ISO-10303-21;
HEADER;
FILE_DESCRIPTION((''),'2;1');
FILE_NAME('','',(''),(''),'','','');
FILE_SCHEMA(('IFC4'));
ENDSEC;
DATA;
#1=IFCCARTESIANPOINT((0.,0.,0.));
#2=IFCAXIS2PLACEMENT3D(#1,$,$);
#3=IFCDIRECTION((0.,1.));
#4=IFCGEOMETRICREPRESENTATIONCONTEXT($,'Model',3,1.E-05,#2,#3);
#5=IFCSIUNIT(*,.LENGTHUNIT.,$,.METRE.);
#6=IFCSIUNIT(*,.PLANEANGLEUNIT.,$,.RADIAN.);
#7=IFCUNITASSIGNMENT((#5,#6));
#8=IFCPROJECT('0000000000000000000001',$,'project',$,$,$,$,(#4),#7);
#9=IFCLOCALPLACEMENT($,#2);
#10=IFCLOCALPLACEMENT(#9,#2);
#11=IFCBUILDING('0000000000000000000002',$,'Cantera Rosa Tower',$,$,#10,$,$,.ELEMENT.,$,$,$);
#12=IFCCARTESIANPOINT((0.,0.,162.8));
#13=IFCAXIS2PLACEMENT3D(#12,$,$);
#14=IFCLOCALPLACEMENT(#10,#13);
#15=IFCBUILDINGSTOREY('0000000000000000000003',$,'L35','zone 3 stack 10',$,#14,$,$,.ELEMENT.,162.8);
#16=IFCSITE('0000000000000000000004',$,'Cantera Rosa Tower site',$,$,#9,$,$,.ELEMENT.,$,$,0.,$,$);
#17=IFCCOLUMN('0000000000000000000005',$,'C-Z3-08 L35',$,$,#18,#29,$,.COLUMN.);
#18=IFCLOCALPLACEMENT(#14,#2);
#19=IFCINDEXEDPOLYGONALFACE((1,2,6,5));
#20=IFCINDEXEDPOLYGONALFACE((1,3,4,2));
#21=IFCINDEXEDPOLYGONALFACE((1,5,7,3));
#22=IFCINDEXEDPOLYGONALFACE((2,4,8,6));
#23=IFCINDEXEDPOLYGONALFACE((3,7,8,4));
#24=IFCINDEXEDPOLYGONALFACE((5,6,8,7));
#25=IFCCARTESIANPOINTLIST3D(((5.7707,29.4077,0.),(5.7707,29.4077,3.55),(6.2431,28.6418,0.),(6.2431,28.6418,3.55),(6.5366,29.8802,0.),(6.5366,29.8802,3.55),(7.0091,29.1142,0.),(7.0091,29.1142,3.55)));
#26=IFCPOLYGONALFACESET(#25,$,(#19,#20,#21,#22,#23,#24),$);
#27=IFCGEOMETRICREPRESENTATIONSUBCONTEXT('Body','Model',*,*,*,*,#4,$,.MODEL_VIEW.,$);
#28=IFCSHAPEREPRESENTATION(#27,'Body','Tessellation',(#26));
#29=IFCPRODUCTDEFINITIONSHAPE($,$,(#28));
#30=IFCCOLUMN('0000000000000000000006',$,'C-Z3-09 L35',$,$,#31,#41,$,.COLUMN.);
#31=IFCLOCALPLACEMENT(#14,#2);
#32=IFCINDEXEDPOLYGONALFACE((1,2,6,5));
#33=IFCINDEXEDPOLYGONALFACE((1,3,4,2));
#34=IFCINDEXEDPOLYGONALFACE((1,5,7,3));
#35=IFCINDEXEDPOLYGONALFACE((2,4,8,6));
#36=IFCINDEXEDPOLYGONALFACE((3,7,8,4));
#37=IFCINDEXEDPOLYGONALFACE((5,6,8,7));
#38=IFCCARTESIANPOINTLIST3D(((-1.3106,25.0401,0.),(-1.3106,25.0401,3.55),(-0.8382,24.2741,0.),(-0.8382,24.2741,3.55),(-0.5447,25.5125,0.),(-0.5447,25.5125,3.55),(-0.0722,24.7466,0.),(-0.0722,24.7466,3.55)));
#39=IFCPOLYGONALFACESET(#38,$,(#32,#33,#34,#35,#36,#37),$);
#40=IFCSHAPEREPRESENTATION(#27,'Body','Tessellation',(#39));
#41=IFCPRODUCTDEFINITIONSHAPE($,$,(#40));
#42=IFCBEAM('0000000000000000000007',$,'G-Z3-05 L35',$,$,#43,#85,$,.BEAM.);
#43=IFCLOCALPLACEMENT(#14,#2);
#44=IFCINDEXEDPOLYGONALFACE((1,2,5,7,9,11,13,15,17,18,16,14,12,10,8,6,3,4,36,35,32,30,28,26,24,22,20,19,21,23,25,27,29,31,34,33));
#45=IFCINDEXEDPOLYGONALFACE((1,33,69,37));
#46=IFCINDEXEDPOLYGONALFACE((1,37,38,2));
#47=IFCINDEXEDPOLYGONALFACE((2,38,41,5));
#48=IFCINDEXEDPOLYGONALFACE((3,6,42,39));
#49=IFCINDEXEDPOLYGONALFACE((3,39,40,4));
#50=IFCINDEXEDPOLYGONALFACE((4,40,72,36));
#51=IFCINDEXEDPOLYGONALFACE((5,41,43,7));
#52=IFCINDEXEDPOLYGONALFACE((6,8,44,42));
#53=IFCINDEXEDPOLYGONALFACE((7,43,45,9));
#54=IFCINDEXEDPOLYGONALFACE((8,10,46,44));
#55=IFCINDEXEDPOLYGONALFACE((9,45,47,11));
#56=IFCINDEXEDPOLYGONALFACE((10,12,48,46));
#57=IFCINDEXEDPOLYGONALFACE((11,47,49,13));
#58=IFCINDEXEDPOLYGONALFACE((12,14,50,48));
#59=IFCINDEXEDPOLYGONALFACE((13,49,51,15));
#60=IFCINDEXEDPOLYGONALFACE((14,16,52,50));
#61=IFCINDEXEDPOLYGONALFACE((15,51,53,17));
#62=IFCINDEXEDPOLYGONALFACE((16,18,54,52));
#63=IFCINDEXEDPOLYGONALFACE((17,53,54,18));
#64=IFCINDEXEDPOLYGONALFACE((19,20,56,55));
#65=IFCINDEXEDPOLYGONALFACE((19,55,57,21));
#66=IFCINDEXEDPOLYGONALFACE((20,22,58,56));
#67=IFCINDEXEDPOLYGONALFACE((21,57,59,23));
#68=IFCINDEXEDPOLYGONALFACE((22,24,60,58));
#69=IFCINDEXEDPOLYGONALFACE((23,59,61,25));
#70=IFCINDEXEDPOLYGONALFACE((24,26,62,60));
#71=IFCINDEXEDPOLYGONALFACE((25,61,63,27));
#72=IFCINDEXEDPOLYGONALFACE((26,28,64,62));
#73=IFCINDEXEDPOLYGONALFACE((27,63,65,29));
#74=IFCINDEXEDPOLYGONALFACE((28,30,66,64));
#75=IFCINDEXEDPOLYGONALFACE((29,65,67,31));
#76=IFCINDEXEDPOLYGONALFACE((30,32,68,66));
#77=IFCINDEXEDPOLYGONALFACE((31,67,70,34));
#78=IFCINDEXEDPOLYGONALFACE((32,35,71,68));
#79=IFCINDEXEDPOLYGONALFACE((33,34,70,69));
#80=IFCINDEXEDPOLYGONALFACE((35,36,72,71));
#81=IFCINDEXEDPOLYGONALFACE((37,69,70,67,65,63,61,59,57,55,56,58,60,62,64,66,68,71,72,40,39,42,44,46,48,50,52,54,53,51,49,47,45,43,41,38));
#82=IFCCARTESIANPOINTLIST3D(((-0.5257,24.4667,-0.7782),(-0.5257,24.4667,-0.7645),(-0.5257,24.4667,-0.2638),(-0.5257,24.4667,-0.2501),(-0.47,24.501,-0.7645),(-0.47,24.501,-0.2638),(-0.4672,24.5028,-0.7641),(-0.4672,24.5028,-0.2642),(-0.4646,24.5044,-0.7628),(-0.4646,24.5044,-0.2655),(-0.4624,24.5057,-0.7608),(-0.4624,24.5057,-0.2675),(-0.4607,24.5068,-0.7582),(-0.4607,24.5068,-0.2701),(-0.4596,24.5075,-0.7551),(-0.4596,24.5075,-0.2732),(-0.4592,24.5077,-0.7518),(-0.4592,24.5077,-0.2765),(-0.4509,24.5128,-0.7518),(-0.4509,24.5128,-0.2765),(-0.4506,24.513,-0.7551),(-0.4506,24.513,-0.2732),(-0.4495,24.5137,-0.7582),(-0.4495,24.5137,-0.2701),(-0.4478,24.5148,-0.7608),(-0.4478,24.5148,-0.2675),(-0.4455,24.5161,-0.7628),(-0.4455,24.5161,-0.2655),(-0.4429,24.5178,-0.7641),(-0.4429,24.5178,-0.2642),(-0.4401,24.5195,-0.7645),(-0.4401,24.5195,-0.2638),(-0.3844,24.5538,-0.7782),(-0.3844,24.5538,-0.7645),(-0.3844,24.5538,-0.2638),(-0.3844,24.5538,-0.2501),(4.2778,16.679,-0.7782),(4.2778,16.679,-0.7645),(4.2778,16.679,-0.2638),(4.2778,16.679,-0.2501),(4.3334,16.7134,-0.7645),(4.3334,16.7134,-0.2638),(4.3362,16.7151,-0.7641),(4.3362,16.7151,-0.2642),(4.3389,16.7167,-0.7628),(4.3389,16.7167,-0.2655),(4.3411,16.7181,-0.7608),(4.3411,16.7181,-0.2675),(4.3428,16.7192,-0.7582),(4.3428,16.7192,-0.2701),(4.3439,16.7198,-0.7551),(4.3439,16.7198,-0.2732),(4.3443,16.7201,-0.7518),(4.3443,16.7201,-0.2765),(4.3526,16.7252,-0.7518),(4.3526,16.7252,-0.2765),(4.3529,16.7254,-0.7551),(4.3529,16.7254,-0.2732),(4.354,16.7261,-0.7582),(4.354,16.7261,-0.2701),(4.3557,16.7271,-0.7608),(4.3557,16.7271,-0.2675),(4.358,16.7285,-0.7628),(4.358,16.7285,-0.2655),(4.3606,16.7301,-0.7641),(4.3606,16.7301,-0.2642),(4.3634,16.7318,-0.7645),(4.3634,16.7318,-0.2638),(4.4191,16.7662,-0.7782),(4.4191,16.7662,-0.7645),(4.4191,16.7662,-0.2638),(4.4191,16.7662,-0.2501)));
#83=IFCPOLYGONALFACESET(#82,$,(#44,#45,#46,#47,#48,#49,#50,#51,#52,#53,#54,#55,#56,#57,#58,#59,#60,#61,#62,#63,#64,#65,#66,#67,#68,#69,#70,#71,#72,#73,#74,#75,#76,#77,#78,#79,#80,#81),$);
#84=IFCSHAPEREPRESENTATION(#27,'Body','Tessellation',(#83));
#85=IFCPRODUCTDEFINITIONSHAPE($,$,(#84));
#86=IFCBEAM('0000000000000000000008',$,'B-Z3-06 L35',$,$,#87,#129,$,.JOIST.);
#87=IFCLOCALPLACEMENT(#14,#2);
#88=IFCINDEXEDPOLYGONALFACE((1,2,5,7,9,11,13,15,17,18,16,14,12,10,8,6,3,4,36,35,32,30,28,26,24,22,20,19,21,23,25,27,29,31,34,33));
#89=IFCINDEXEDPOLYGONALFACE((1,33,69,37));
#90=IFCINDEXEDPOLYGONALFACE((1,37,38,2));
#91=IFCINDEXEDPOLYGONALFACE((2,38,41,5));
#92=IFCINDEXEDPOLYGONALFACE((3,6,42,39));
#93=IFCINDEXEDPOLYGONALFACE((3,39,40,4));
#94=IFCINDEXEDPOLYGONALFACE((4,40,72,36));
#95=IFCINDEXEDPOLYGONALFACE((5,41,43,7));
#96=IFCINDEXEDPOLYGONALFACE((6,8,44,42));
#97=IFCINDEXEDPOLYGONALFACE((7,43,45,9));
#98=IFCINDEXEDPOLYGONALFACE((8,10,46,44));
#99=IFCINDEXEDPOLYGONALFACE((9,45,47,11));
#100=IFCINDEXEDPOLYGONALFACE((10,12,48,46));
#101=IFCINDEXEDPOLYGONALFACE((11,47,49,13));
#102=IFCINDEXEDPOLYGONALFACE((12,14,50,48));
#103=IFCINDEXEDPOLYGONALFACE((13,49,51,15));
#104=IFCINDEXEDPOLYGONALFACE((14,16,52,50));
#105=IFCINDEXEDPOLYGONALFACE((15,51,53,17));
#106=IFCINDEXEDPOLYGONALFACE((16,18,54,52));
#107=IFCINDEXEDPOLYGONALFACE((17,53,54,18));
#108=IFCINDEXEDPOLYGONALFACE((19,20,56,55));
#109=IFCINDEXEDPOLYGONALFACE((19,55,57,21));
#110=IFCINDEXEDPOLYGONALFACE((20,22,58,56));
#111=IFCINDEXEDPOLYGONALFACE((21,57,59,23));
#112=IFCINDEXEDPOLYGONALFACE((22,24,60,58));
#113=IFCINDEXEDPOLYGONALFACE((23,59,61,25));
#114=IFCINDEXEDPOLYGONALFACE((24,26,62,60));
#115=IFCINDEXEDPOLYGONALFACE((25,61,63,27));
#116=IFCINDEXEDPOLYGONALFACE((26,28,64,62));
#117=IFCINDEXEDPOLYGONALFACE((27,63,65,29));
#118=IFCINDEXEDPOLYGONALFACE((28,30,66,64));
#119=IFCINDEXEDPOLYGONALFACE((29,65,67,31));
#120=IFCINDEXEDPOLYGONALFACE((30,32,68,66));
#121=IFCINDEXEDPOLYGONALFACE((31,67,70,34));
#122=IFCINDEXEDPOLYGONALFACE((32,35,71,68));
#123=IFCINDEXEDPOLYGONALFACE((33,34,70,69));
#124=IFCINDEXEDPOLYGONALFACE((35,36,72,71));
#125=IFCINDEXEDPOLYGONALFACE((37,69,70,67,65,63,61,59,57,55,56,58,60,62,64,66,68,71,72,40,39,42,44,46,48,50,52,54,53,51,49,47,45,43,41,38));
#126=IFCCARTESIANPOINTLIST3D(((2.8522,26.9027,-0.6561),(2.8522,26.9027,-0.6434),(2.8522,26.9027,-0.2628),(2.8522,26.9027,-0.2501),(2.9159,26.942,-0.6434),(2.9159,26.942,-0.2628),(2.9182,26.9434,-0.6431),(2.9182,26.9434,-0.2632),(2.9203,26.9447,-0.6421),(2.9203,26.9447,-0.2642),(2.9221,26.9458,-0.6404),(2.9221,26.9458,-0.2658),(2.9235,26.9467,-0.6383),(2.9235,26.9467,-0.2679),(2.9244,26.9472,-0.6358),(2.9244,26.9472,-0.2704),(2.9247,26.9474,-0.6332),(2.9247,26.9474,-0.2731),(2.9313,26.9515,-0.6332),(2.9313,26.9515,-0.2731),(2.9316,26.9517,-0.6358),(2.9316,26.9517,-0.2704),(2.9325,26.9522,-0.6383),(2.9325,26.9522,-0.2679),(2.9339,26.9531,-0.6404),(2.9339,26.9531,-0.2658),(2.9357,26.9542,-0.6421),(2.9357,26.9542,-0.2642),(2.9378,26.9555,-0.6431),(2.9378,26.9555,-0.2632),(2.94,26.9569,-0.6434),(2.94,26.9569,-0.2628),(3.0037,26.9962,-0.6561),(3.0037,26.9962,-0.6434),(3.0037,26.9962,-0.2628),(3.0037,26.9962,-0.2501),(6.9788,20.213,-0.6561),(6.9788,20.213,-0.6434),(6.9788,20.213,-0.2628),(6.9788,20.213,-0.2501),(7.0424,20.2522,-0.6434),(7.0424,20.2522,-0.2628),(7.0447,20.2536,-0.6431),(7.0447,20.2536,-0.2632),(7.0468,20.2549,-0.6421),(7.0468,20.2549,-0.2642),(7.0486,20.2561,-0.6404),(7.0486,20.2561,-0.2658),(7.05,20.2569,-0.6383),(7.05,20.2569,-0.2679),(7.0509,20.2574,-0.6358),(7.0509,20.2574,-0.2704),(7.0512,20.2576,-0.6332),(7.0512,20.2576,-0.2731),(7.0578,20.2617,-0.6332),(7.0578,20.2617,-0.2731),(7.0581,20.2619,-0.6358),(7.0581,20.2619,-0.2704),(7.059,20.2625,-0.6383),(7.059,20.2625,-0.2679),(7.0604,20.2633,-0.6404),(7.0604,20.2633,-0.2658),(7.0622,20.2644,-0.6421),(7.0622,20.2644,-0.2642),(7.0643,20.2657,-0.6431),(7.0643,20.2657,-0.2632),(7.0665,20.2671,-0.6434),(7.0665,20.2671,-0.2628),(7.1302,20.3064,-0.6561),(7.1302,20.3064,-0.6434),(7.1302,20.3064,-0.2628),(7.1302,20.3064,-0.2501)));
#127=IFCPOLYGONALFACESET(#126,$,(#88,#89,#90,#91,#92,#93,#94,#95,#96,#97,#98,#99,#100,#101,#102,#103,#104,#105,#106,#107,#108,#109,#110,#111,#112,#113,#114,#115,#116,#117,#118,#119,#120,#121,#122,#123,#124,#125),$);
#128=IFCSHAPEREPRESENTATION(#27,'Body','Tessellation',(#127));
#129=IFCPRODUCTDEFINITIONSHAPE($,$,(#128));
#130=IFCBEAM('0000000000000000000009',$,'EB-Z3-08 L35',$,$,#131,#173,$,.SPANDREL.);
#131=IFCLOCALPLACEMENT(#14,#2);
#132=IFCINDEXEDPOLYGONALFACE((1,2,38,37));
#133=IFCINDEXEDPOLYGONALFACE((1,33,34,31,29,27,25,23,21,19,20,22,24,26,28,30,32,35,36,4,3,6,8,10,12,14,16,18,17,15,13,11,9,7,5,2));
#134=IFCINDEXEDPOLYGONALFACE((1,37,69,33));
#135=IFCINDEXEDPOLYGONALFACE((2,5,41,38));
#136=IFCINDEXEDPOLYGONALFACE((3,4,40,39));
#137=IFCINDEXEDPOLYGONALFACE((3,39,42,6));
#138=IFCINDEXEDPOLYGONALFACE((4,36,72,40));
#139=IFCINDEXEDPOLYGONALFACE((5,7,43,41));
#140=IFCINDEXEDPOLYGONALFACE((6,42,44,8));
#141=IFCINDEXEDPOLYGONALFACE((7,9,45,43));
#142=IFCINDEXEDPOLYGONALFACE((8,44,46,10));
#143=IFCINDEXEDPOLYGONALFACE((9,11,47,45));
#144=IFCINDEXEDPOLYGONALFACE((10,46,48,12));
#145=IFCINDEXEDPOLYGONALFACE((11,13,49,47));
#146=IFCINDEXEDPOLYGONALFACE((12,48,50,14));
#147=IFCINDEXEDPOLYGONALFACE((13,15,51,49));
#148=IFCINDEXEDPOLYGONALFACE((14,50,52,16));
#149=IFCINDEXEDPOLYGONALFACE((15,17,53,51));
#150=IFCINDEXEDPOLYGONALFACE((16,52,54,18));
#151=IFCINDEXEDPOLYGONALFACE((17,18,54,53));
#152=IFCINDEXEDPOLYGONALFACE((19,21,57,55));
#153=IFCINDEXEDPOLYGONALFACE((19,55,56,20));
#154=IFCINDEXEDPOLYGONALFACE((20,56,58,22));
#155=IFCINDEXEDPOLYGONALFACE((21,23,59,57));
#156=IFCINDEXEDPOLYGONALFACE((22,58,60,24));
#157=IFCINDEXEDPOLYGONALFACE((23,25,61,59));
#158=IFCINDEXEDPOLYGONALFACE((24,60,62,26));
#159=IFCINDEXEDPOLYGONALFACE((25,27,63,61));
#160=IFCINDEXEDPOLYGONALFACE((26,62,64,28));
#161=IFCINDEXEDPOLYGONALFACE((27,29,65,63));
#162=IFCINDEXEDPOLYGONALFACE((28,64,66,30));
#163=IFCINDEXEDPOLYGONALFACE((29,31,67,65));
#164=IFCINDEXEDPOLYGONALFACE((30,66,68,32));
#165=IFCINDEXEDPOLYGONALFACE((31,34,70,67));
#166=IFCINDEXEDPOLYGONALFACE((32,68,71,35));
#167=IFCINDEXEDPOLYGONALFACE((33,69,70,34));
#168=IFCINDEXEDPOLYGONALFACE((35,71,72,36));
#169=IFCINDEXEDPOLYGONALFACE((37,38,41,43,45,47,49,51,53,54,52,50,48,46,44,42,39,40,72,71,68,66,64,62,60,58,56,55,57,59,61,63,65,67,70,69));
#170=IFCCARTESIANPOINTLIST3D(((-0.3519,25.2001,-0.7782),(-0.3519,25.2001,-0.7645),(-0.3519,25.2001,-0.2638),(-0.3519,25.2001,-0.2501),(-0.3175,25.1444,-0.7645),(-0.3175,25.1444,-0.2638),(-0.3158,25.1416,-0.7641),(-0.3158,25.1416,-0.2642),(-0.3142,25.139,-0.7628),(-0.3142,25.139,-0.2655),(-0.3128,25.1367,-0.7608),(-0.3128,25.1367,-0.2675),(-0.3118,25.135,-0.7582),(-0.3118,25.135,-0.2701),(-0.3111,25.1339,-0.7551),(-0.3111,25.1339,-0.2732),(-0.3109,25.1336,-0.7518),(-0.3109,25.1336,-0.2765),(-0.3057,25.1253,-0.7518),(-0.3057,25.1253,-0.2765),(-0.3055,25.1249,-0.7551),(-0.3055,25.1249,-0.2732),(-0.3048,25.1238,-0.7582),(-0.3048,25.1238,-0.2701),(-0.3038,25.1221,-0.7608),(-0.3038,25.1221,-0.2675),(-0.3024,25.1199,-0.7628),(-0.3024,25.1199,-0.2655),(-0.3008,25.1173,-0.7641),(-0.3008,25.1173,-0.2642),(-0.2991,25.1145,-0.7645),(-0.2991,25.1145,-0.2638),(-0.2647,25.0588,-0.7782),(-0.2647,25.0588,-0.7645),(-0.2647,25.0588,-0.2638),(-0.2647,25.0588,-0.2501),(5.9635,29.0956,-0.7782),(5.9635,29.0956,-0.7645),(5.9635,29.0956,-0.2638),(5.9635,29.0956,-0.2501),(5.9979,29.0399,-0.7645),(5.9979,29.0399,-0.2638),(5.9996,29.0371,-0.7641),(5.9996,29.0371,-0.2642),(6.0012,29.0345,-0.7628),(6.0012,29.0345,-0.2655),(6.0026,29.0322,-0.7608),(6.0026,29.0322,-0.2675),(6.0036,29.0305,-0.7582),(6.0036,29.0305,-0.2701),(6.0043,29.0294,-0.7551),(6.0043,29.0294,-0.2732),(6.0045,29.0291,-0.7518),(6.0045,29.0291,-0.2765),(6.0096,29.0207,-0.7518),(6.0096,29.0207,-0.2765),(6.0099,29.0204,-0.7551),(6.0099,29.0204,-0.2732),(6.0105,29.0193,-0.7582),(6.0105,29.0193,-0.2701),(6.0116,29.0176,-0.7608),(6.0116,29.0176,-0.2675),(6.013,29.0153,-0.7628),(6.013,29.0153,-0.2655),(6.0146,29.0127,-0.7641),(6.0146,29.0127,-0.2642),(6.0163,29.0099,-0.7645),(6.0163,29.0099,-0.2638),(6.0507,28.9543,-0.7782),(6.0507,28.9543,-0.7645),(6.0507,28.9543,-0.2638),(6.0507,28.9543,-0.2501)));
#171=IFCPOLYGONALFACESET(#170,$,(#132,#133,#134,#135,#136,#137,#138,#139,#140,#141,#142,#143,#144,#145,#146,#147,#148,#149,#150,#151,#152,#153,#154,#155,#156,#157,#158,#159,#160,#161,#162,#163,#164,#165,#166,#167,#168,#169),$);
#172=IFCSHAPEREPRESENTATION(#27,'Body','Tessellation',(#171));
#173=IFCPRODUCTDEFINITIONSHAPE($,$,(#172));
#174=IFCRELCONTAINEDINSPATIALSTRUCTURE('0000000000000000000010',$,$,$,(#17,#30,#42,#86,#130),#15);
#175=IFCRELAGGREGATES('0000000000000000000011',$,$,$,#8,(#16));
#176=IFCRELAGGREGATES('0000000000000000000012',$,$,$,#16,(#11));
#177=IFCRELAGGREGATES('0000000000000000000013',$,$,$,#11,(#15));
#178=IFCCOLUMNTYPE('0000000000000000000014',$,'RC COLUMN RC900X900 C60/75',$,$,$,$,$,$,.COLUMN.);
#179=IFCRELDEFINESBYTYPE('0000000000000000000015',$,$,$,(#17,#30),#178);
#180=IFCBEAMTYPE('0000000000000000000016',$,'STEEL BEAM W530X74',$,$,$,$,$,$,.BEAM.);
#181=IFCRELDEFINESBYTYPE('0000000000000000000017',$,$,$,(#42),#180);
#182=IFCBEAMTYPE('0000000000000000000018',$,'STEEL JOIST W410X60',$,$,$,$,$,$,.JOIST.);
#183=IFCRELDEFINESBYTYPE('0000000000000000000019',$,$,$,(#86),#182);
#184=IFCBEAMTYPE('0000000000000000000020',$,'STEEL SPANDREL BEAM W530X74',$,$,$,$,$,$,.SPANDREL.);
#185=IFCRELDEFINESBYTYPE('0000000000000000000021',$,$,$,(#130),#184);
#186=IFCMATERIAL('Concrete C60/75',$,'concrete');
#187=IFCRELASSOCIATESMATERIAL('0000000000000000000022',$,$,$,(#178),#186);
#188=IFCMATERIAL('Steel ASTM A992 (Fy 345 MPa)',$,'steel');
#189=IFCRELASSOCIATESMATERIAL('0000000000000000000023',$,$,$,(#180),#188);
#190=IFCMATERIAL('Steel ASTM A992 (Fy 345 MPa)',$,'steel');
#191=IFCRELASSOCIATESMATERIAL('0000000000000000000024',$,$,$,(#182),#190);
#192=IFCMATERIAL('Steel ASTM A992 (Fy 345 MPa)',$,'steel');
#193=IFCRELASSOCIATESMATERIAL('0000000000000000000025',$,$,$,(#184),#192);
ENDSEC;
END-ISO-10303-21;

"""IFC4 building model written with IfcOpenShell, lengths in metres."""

from ifc_helpers import new_model, si_unit, direction, frame, origin, origin_2d, place, context, subcontext, project, spatial, rectangle, i_section, extrude, material, material_profile, profile_set, type_object, element, save


model = new_model("IFC4")

# Units and contexts
model_context = context("Model", 3, precision=1e-05, world=origin(), true_north=direction((0.0, 1.0)))
body_context = subcontext(model_context, "Body", "Model", "MODEL_VIEW")
ifc_project = project(units=[si_unit("LENGTHUNIT", "METRE"), si_unit("PLANEANGLEUNIT", "RADIAN")], contexts=[model_context])

# Site, building, storey
site_placement = place(None, origin())
site = spatial("IfcSite", under=ifc_project, at=site_placement, Name="Cantera Rosa Tower site", CompositionType="ELEMENT", RefElevation=0.0)
building_placement = place(site_placement, origin())
building = spatial("IfcBuilding", under=site, at=building_placement, Name="Cantera Rosa Tower", CompositionType="ELEMENT")
storey_placement = place(building_placement, frame((0.0, 0.0, 162.8)))
storey = spatial("IfcBuildingStorey", under=building, at=storey_placement, Name="L35", Description="zone 3 stack 10", CompositionType="ELEMENT", Elevation=162.8)

# Columns
ifc_material_1 = material(Name="Concrete C60/75", Category="concrete")
ifc_material_profile_1 = material_profile(ifc_material_1, rectangle(XDim=0.8999, YDim=0.8999, at=origin_2d()), Name="RC COLUMN RC900X900 C60/75")
ifc_profile_set_1 = profile_set([ifc_material_profile_1], Name="Concrete C60/75")
column_type = type_object("IfcColumnType", Name="RC COLUMN RC900X900 C60/75", PredefinedType="COLUMN", material=ifc_profile_set_1)
for number, where, z_axis, x_axis, name in (
    (1, (6.3899, 29.261, 0.0), (0.0, 0.0, 1.0), (0.851117, 0.524977, 0.0), "C-Z3-08 L35"),
    (2, (-0.6914, 24.8933, 0.0), (0.0, 0.0, 1.0), (0.851117, 0.524977, 0.0), "C-Z3-09 L35"),
):
    element("IfcColumn", number, at=place(storey_placement, frame(where, z_axis=z_axis, x_axis=x_axis)), inside=storey, type_object=column_type, Name=name, PredefinedType="COLUMN", context=body_context, shape_type="SweptSolid", body=[
        extrude(rectangle(XDim=0.8999, YDim=0.8999, at=origin_2d()), origin(), (0.0, 0.0, 1.0), 3.55),
    ])

# Beams
ifc_material_2 = material(Name="Steel ASTM A992 (Fy 345 MPa)", Category="steel")
ifc_material_profile_2 = material_profile(ifc_material_2, i_section(OverallWidth=0.166, OverallDepth=0.5281, WebThickness=0.0098, FlangeThickness=0.0137, FilletRadius=0.0127, at=origin_2d()), Name="W530X74")
ifc_profile_set_2 = profile_set([ifc_material_profile_2], Name="Steel ASTM A992 (Fy 345 MPa)")
beam_type_1 = type_object("IfcBeamType", Name="STEEL BEAM W530X74", PredefinedType="BEAM", material=ifc_profile_set_2)
beam_1_placement = place(storey_placement, frame((-0.4551, 24.5103, -0.5142), z_axis=(0.524977, -0.851116, 0.0), x_axis=(0.851116, 0.524977, 0.0)))
element("IfcBeam", 3, at=beam_1_placement, inside=storey, type_object=beam_type_1, Name="G-Z3-05 L35", PredefinedType="BEAM", context=body_context, shape_type="SweptSolid", body=[
    extrude(i_section(OverallWidth=0.166, OverallDepth=0.5281, WebThickness=0.0098, FlangeThickness=0.0137, FilletRadius=0.0127, at=origin_2d()), origin(), (0.0, 0.0, 1.0), 9.1499),
])
ifc_material_3 = material(Name="Steel ASTM A992 (Fy 345 MPa)", Category="steel")
ifc_material_profile_3 = material_profile(ifc_material_3, i_section(OverallWidth=0.178, OverallDepth=0.406, WebThickness=0.0078, FlangeThickness=0.0127, FilletRadius=0.0103, at=origin_2d()), Name="W410X60")
ifc_profile_set_3 = profile_set([ifc_material_profile_3], Name="Steel ASTM A992 (Fy 345 MPa)")
beam_type_2 = type_object("IfcBeamType", Name="STEEL JOIST W410X60", PredefinedType="JOIST", material=ifc_profile_set_3)
beam_2_placement = place(storey_placement, frame((2.928, 26.9495, -0.4531), z_axis=(0.524995, -0.851105, 0.0), x_axis=(0.851105, 0.524995, 0.0)))
element("IfcBeam", 4, at=beam_2_placement, inside=storey, type_object=beam_type_2, Name="B-Z3-06 L35", PredefinedType="JOIST", context=body_context, shape_type="SweptSolid", body=[
    extrude(i_section(OverallWidth=0.178, OverallDepth=0.406, WebThickness=0.0078, FlangeThickness=0.0127, FilletRadius=0.0103, at=origin_2d()), origin(), (0.0, 0.0, 1.0), 7.8601),
])
ifc_material_4 = material(Name="Steel ASTM A992 (Fy 345 MPa)", Category="steel")
ifc_material_profile_4 = material_profile(ifc_material_4, i_section(OverallWidth=0.166, OverallDepth=0.5281, WebThickness=0.0098, FlangeThickness=0.0137, FilletRadius=0.0127, at=origin_2d()), Name="W530X74")
ifc_profile_set_4 = profile_set([ifc_material_profile_4], Name="Steel ASTM A992 (Fy 345 MPa)")
beam_type_3 = type_object("IfcBeamType", Name="STEEL SPANDREL BEAM W530X74", PredefinedType="SPANDREL", material=ifc_profile_set_4)
for number, where, z_axis, x_axis, name in (
    (5, (6.0071, 29.0249, -0.5142), (-0.851111, -0.524986, 0.0), (0.524986, -0.851111, 0.0), "EB-Z3-08 L35"),
):
    element("IfcBeam", number, at=place(storey_placement, frame(where, z_axis=z_axis, x_axis=x_axis)), inside=storey, type_object=beam_type_3, Name=name, PredefinedType="SPANDREL", context=body_context, shape_type="SweptSolid", body=[
        extrude(i_section(OverallWidth=0.166, OverallDepth=0.5281, WebThickness=0.0098, FlangeThickness=0.0137, FilletRadius=0.0127, at=origin_2d()), origin(), (0.0, 0.0, 1.0), 7.4202),
    ])

save(model, "model.ifc")
